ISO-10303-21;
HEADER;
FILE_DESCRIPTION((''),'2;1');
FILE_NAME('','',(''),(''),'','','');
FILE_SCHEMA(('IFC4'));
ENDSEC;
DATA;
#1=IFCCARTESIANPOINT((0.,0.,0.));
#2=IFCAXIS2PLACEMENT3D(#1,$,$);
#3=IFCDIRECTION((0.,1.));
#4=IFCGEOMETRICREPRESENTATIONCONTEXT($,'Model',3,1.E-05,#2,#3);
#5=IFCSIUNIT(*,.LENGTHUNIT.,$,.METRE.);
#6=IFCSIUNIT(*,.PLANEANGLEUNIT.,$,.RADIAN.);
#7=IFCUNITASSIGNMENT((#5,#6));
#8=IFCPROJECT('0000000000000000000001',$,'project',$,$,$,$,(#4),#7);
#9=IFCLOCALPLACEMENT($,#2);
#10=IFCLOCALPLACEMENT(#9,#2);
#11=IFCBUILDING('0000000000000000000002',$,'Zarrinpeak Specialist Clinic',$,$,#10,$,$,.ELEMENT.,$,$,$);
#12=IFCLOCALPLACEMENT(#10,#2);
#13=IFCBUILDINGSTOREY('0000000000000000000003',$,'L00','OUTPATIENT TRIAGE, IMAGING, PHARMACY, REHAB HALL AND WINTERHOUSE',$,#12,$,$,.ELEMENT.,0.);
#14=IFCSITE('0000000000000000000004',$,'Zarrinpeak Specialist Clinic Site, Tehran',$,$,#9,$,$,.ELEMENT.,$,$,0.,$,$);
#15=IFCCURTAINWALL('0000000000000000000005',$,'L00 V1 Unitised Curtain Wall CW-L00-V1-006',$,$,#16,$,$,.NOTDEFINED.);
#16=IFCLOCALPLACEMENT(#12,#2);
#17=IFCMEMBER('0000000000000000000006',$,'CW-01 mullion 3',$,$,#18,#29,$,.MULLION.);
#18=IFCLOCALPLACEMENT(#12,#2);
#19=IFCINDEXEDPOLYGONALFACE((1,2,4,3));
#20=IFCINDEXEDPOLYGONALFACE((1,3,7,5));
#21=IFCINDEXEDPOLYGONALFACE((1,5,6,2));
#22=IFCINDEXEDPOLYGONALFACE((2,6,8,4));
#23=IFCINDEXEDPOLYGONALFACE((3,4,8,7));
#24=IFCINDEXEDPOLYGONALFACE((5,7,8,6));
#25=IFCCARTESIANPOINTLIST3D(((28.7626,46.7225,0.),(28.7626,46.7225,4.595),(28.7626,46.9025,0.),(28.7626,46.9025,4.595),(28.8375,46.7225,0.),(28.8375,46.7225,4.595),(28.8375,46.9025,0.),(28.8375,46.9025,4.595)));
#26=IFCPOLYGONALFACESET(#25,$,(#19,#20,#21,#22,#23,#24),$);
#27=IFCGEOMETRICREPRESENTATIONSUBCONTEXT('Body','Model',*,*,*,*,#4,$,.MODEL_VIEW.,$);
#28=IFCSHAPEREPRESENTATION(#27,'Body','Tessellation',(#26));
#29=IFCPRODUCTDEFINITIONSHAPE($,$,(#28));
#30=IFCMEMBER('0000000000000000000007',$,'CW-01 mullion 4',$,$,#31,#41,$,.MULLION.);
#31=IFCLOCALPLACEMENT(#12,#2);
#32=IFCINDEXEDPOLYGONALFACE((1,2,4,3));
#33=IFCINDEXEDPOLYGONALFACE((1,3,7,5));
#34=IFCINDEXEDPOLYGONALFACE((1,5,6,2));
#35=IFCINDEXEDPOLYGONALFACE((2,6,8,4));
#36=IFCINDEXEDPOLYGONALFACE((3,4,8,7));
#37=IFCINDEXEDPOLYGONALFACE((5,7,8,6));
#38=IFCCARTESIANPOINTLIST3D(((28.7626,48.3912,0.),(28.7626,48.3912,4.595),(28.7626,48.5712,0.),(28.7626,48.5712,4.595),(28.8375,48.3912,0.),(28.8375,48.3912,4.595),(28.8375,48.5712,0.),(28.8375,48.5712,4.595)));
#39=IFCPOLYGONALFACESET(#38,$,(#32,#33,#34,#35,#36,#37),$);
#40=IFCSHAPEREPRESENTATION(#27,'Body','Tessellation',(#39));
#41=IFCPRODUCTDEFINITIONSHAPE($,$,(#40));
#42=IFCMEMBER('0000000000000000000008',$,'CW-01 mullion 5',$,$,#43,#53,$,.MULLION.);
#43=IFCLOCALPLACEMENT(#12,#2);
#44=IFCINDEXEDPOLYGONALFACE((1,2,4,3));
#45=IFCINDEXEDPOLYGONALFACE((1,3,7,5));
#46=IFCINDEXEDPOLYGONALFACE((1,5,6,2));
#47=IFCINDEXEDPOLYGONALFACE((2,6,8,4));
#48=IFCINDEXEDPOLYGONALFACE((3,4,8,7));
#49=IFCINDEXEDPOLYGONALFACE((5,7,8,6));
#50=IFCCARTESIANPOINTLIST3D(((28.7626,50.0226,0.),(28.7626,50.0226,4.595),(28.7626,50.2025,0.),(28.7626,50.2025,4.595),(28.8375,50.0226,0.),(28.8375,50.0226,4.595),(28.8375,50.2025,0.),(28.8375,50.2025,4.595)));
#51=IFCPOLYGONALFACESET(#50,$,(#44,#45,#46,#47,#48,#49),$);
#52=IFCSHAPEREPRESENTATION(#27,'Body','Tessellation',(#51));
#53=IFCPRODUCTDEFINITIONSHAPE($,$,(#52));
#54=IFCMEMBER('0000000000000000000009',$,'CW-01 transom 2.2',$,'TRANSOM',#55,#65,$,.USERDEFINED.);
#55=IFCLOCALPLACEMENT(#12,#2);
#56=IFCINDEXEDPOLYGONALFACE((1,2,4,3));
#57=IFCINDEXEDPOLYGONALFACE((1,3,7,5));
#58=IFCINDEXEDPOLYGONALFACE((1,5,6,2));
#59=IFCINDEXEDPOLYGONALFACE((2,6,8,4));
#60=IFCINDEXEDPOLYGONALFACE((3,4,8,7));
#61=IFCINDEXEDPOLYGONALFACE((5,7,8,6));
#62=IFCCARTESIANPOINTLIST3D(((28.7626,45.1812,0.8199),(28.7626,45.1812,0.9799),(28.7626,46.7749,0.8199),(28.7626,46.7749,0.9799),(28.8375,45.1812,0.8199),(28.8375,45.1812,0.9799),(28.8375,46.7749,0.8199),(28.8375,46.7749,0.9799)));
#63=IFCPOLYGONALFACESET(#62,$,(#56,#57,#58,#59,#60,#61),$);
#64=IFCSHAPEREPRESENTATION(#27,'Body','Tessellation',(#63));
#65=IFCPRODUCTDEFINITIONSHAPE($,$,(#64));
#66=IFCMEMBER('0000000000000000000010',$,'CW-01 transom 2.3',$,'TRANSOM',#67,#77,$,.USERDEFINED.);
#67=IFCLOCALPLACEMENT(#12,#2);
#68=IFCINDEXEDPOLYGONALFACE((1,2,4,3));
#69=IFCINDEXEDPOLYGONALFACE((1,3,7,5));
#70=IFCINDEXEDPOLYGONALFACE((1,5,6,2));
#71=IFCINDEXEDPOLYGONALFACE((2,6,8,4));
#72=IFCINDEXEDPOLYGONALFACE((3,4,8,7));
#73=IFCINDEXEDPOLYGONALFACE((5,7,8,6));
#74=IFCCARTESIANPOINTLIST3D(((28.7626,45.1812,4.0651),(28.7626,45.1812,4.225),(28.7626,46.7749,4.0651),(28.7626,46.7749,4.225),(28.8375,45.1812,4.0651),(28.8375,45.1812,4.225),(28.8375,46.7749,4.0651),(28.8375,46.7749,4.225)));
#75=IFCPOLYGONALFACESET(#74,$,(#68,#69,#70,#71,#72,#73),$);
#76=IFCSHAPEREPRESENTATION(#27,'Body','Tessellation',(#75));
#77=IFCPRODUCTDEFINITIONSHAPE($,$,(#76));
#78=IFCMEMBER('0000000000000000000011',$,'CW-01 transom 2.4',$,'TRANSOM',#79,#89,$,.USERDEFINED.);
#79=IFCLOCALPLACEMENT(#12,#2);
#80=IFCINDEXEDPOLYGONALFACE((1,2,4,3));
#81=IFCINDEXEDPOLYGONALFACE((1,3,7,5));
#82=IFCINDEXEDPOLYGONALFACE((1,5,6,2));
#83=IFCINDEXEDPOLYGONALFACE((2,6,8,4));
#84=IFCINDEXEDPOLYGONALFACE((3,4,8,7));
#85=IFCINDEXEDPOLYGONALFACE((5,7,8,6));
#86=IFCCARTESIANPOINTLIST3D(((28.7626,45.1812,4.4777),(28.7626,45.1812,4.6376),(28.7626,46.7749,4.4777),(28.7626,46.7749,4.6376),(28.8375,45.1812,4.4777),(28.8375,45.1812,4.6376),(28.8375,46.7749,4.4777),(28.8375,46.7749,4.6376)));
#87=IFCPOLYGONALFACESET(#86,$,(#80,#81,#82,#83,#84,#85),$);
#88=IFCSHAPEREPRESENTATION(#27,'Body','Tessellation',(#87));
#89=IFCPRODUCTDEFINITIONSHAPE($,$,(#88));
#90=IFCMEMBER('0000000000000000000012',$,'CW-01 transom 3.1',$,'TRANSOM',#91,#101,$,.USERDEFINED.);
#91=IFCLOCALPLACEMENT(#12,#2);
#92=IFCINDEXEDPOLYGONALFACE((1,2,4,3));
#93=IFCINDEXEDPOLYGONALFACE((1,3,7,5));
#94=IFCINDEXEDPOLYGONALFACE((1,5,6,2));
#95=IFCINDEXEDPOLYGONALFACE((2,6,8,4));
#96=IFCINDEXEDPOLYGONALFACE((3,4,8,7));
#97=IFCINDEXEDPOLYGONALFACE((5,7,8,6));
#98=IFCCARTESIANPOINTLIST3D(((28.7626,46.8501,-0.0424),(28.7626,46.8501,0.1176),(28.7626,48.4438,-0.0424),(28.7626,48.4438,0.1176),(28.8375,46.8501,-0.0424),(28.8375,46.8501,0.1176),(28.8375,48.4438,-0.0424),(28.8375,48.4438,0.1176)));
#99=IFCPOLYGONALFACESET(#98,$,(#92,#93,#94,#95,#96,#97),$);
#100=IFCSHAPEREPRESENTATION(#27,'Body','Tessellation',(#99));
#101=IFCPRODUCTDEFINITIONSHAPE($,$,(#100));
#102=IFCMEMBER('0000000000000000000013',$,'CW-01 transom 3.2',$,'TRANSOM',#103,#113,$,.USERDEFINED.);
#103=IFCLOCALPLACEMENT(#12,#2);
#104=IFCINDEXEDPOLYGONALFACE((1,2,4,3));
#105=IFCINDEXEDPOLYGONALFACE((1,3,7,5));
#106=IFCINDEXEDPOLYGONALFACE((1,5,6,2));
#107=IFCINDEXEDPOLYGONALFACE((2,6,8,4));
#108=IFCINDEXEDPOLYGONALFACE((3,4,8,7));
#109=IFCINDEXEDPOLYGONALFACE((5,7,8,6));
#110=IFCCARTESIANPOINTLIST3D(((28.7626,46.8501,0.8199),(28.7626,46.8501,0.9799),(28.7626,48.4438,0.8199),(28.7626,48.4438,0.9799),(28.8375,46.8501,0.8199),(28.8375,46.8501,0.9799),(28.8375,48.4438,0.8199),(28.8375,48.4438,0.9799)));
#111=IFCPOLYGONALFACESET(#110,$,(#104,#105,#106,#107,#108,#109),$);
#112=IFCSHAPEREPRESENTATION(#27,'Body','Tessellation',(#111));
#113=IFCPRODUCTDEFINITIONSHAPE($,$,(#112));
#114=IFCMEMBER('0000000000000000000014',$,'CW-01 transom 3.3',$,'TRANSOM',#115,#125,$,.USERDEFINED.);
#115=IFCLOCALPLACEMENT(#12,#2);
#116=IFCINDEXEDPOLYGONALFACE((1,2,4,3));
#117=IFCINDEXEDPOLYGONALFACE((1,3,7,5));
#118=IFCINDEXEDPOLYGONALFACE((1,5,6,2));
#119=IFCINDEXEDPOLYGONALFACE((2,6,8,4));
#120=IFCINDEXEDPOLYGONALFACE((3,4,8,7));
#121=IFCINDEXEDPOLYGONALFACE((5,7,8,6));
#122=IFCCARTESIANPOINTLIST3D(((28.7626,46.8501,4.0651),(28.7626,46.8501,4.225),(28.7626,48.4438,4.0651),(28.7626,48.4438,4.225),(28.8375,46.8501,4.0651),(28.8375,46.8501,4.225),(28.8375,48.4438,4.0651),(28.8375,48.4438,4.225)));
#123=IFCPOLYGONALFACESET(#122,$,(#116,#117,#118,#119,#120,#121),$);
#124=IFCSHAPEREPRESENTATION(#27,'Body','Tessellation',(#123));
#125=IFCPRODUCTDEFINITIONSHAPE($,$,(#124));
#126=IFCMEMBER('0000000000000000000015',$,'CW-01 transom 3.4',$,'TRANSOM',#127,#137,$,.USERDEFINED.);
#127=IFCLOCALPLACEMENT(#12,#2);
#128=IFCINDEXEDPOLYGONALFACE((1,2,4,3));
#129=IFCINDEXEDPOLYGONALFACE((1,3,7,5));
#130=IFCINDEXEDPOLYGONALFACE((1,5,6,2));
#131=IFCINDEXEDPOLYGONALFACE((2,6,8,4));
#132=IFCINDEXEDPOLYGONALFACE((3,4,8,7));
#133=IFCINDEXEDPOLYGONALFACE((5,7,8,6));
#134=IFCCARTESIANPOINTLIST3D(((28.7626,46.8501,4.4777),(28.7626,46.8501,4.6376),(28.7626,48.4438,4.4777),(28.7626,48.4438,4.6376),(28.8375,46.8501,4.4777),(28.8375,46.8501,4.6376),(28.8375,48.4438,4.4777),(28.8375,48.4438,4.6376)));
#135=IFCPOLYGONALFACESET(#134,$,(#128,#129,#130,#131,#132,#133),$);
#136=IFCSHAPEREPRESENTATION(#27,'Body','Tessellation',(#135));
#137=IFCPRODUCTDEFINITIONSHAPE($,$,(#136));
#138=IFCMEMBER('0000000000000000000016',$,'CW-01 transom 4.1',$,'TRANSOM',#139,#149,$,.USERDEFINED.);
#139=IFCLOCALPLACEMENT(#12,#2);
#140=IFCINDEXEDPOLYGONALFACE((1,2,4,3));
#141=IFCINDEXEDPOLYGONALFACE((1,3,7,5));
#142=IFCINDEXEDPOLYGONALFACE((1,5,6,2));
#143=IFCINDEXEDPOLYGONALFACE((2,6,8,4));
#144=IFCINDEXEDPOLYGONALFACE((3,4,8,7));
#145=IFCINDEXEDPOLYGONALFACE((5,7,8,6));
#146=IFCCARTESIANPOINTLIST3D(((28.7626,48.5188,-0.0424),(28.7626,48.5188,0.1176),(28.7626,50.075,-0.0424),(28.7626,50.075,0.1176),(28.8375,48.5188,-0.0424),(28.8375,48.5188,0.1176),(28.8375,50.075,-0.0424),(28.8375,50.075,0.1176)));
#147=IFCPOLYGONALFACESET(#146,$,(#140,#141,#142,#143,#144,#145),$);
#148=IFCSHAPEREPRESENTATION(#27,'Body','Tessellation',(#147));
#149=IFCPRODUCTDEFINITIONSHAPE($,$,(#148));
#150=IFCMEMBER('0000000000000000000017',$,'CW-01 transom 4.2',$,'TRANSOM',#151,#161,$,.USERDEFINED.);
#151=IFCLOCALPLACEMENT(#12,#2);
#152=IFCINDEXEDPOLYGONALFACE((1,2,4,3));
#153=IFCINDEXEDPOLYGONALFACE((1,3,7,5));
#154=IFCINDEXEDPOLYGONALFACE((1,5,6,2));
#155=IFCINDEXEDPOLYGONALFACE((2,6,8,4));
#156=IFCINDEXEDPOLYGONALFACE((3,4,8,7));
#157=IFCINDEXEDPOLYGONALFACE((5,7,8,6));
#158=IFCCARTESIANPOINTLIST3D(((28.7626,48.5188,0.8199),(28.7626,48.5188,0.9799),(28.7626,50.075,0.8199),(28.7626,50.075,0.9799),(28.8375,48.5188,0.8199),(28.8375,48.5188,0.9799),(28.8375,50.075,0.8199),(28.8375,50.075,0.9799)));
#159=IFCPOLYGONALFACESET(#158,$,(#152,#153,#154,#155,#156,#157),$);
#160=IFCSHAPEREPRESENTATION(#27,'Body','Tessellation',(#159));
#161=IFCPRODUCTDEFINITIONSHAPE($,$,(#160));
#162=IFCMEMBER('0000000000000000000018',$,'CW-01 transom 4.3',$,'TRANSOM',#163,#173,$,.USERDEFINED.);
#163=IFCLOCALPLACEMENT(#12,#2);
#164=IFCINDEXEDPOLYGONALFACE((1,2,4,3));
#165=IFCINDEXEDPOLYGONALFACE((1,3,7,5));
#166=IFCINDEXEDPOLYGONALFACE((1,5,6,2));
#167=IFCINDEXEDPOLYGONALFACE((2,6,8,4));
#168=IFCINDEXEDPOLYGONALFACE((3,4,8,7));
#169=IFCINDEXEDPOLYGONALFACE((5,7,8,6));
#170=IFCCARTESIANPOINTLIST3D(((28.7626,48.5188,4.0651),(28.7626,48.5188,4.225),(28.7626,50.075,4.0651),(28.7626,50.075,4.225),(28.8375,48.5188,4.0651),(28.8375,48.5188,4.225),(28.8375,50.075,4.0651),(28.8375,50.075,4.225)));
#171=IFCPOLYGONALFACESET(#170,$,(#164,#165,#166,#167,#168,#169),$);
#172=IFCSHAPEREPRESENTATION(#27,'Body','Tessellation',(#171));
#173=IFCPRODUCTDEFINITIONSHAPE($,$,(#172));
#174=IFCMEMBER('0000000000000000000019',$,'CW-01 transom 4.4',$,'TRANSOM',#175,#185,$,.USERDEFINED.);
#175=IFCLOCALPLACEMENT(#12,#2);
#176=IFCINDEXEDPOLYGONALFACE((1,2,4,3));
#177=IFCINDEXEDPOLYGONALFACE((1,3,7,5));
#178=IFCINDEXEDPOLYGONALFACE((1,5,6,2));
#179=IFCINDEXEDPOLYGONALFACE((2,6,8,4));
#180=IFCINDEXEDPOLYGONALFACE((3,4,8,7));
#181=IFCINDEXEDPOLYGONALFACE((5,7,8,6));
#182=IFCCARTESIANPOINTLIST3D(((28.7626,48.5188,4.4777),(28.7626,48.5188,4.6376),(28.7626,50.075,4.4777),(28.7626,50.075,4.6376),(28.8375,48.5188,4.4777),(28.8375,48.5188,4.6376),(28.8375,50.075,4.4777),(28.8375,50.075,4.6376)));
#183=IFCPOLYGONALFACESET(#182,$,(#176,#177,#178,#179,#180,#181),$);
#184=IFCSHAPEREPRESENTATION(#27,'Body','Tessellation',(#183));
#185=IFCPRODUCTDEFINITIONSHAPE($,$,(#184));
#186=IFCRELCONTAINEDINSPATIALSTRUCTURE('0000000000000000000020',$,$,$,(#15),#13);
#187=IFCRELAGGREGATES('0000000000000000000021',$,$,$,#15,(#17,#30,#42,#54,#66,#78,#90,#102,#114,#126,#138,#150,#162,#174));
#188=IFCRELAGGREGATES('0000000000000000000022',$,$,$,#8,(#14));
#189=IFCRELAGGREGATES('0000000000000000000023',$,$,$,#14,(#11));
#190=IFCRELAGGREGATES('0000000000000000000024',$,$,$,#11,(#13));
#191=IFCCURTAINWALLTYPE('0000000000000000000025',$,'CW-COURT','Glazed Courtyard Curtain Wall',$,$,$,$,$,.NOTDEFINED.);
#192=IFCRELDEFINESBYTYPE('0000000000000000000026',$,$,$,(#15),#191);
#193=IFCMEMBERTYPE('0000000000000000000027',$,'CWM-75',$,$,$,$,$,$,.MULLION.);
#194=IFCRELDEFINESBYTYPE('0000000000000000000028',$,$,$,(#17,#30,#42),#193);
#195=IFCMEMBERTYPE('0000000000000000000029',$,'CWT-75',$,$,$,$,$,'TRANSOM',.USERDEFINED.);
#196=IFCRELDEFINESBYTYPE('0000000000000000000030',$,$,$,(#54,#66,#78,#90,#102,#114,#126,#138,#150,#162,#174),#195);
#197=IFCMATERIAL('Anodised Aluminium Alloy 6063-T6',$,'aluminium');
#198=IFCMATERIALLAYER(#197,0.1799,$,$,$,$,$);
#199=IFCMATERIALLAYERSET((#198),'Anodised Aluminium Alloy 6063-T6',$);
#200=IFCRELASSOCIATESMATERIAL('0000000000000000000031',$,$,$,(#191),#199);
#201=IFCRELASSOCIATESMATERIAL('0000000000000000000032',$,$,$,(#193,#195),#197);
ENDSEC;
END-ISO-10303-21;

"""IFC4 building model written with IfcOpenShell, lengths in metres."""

from ifc_helpers import new_model, si_unit, direction, frame, origin, origin_2d, place, context, subcontext, project, spatial, rectangle, extrude, material, layer, layer_set, material_profile, profile_set, type_object, element, aggregate, save


model = new_model("IFC4")

# Units and contexts
model_context = context("Model", 3, precision=1e-05, world=origin(), true_north=direction((0.0, 1.0)))
body_context = subcontext(model_context, "Body", "Model", "MODEL_VIEW")
ifc_project = project(units=[si_unit("LENGTHUNIT", "METRE"), si_unit("PLANEANGLEUNIT", "RADIAN")], contexts=[model_context])

# Site, building, storey
site_placement = place(None, origin())
site = spatial("IfcSite", under=ifc_project, at=site_placement, Name="Zarrinpeak Specialist Clinic Site, Tehran", CompositionType="ELEMENT", RefElevation=0.0)
building_placement = place(site_placement, origin())
building = spatial("IfcBuilding", under=site, at=building_placement, Name="Zarrinpeak Specialist Clinic", CompositionType="ELEMENT")
storey_placement = place(building_placement, origin())
storey = spatial("IfcBuildingStorey", under=building, at=storey_placement, Name="L00", Description="OUTPATIENT TRIAGE, IMAGING, PHARMACY, REHAB HALL AND WINTERHOUSE", CompositionType="ELEMENT", Elevation=0.0)

# Curtain wall, members
ifc_material_1 = material(Name="Anodised Aluminium Alloy 6063-T6", Category="aluminium")
ifc_layer_1 = layer(ifc_material_1, 0.1799)
ifc_layer_set_1 = layer_set([ifc_layer_1], Name="Anodised Aluminium Alloy 6063-T6")
curtain_wall_type = type_object("IfcCurtainWallType", Name="CW-COURT", Description="Glazed Courtyard Curtain Wall", PredefinedType="NOTDEFINED", material=ifc_layer_set_1)
curtain_wall_placement = place(storey_placement, origin())
curtain_wall = element("IfcCurtainWall", 1, at=curtain_wall_placement, inside=storey, type_object=curtain_wall_type, Name="L00 V1 Unitised Curtain Wall CW-L00-V1-006", PredefinedType="NOTDEFINED")
ifc_material_profile_1 = material_profile(ifc_material_1, rectangle(XDim=0.075, YDim=0.1799, at=origin_2d()), Name="ALU 75x180")
ifc_profile_set_1 = profile_set([ifc_material_profile_1], Name="Anodised Aluminium Alloy 6063-T6")
member_type_1 = type_object("IfcMemberType", Name="CWM-75", PredefinedType="MULLION", material=ifc_profile_set_1)
member_1_placement = place(storey_placement, frame((28.8, 46.8125, 0.0), z_axis=(0.0, 0.0, 1.0), x_axis=(-1.0, 0.0, 0.0)))
member_1 = element("IfcMember", 2, at=member_1_placement, type_object=member_type_1, Name="CW-01 mullion 3", PredefinedType="MULLION", context=body_context, shape_type="SweptSolid", body=[
    extrude(rectangle(XDim=0.075, YDim=0.1799, at=origin_2d()), origin(), (0.0, 0.0, 1.0), 4.595),
])
member_2_placement = place(storey_placement, frame((28.8, 48.4812, 0.0), z_axis=(0.0, 0.0, 1.0), x_axis=(-1.0, 0.0, 0.0)))
member_2 = element("IfcMember", 3, at=member_2_placement, type_object=member_type_1, Name="CW-01 mullion 4", PredefinedType="MULLION", context=body_context, shape_type="SweptSolid", body=[
    extrude(rectangle(XDim=0.075, YDim=0.1799, at=origin_2d()), origin(), (0.0, 0.0, 1.0), 4.595),
])
member_3_placement = place(storey_placement, frame((28.8, 50.1125, 0.0), z_axis=(0.0, 0.0, 1.0), x_axis=(-1.0, 0.0, 0.0)))
member_3 = element("IfcMember", 4, at=member_3_placement, type_object=member_type_1, Name="CW-01 mullion 5", PredefinedType="MULLION", context=body_context, shape_type="SweptSolid", body=[
    extrude(rectangle(XDim=0.075, YDim=0.1799, at=origin_2d()), origin(), (0.0, 0.0, 1.0), 4.595),
])
ifc_material_profile_2 = material_profile(ifc_material_1, rectangle(XDim=0.075, YDim=0.1599, at=origin_2d()), Name="ALU 75x160")
ifc_profile_set_2 = profile_set([ifc_material_profile_2], Name="Anodised Aluminium Alloy 6063-T6")
member_type_2 = type_object("IfcMemberType", Name="CWT-75", ElementType="TRANSOM", PredefinedType="USERDEFINED", material=ifc_profile_set_2)
member_4_placement = place(storey_placement, frame((28.8, 45.1812, 0.8999), z_axis=(0.0, 1.0, 0.0), x_axis=(-1.0, 0.0, 0.0)))
member_4 = element("IfcMember", 5, at=member_4_placement, type_object=member_type_2, Name="CW-01 transom 2.2", ObjectType="TRANSOM", PredefinedType="USERDEFINED", context=body_context, shape_type="SweptSolid", body=[
    extrude(rectangle(XDim=0.075, YDim=0.1599, at=origin_2d()), origin(), (0.0, 0.0, 1.0), 1.5938),
])
member_5_placement = place(storey_placement, frame((28.8, 45.1812, 4.145), z_axis=(0.0, 1.0, 0.0), x_axis=(-1.0, 0.0, 0.0)))
member_5 = element("IfcMember", 6, at=member_5_placement, type_object=member_type_2, Name="CW-01 transom 2.3", ObjectType="TRANSOM", PredefinedType="USERDEFINED", context=body_context, shape_type="SweptSolid", body=[
    extrude(rectangle(XDim=0.075, YDim=0.1599, at=origin_2d()), origin(), (0.0, 0.0, 1.0), 1.5938),
])
member_6_placement = place(storey_placement, frame((28.8, 45.1812, 4.5576), z_axis=(0.0, 1.0, 0.0), x_axis=(-1.0, 0.0, 0.0)))
member_6 = element("IfcMember", 7, at=member_6_placement, type_object=member_type_2, Name="CW-01 transom 2.4", ObjectType="TRANSOM", PredefinedType="USERDEFINED", context=body_context, shape_type="SweptSolid", body=[
    extrude(rectangle(XDim=0.075, YDim=0.1599, at=origin_2d()), origin(), (0.0, 0.0, 1.0), 1.5938),
])
member_7_placement = place(storey_placement, frame((28.8, 46.8501, 0.0376), z_axis=(0.0, 1.0, 0.0), x_axis=(-1.0, 0.0, 0.0)))
member_7 = element("IfcMember", 8, at=member_7_placement, type_object=member_type_2, Name="CW-01 transom 3.1", ObjectType="TRANSOM", PredefinedType="USERDEFINED", context=body_context, shape_type="SweptSolid", body=[
    extrude(rectangle(XDim=0.075, YDim=0.1599, at=origin_2d()), origin(), (0.0, 0.0, 1.0), 1.5938),
])
member_8_placement = place(storey_placement, frame((28.8, 46.8501, 0.8999), z_axis=(0.0, 1.0, 0.0), x_axis=(-1.0, 0.0, 0.0)))
member_8 = element("IfcMember", 9, at=member_8_placement, type_object=member_type_2, Name="CW-01 transom 3.2", ObjectType="TRANSOM", PredefinedType="USERDEFINED", context=body_context, shape_type="SweptSolid", body=[
    extrude(rectangle(XDim=0.075, YDim=0.1599, at=origin_2d()), origin(), (0.0, 0.0, 1.0), 1.5938),
])
member_9_placement = place(storey_placement, frame((28.8, 46.8501, 4.145), z_axis=(0.0, 1.0, 0.0), x_axis=(-1.0, 0.0, 0.0)))
member_9 = element("IfcMember", 10, at=member_9_placement, type_object=member_type_2, Name="CW-01 transom 3.3", ObjectType="TRANSOM", PredefinedType="USERDEFINED", context=body_context, shape_type="SweptSolid", body=[
    extrude(rectangle(XDim=0.075, YDim=0.1599, at=origin_2d()), origin(), (0.0, 0.0, 1.0), 1.5938),
])
member_10_placement = place(storey_placement, frame((28.8, 46.8501, 4.5576), z_axis=(0.0, 1.0, 0.0), x_axis=(-1.0, 0.0, 0.0)))
member_10 = element("IfcMember", 11, at=member_10_placement, type_object=member_type_2, Name="CW-01 transom 3.4", ObjectType="TRANSOM", PredefinedType="USERDEFINED", context=body_context, shape_type="SweptSolid", body=[
    extrude(rectangle(XDim=0.075, YDim=0.1599, at=origin_2d()), origin(), (0.0, 0.0, 1.0), 1.5938),
])
member_11_placement = place(storey_placement, frame((28.8, 48.5188, 0.0376), z_axis=(0.0, 1.0, 0.0), x_axis=(-1.0, 0.0, 0.0)))
member_11 = element("IfcMember", 12, at=member_11_placement, type_object=member_type_2, Name="CW-01 transom 4.1", ObjectType="TRANSOM", PredefinedType="USERDEFINED", context=body_context, shape_type="SweptSolid", body=[
    extrude(rectangle(XDim=0.075, YDim=0.1599, at=origin_2d()), origin(), (0.0, 0.0, 1.0), 1.5562),
])
member_12_placement = place(storey_placement, frame((28.8, 48.5188, 0.8999), z_axis=(0.0, 1.0, 0.0), x_axis=(-1.0, 0.0, 0.0)))
member_12 = element("IfcMember", 13, at=member_12_placement, type_object=member_type_2, Name="CW-01 transom 4.2", ObjectType="TRANSOM", PredefinedType="USERDEFINED", context=body_context, shape_type="SweptSolid", body=[
    extrude(rectangle(XDim=0.075, YDim=0.1599, at=origin_2d()), origin(), (0.0, 0.0, 1.0), 1.5562),
])
member_13_placement = place(storey_placement, frame((28.8, 48.5188, 4.145), z_axis=(0.0, 1.0, 0.0), x_axis=(-1.0, 0.0, 0.0)))
member_13 = element("IfcMember", 14, at=member_13_placement, type_object=member_type_2, Name="CW-01 transom 4.3", ObjectType="TRANSOM", PredefinedType="USERDEFINED", context=body_context, shape_type="SweptSolid", body=[
    extrude(rectangle(XDim=0.075, YDim=0.1599, at=origin_2d()), origin(), (0.0, 0.0, 1.0), 1.5562),
])
member_14_placement = place(storey_placement, frame((28.8, 48.5188, 4.5576), z_axis=(0.0, 1.0, 0.0), x_axis=(-1.0, 0.0, 0.0)))
member_14 = element("IfcMember", 15, at=member_14_placement, type_object=member_type_2, Name="CW-01 transom 4.4", ObjectType="TRANSOM", PredefinedType="USERDEFINED", context=body_context, shape_type="SweptSolid", body=[
    extrude(rectangle(XDim=0.075, YDim=0.1599, at=origin_2d()), origin(), (0.0, 0.0, 1.0), 1.5562),
])
aggregate(curtain_wall, [member_1, member_2, member_3, member_4, member_5, member_6, member_7, member_8, member_9, member_10, member_11, member_12, member_13, member_14])

save(model, "model.ifc")
